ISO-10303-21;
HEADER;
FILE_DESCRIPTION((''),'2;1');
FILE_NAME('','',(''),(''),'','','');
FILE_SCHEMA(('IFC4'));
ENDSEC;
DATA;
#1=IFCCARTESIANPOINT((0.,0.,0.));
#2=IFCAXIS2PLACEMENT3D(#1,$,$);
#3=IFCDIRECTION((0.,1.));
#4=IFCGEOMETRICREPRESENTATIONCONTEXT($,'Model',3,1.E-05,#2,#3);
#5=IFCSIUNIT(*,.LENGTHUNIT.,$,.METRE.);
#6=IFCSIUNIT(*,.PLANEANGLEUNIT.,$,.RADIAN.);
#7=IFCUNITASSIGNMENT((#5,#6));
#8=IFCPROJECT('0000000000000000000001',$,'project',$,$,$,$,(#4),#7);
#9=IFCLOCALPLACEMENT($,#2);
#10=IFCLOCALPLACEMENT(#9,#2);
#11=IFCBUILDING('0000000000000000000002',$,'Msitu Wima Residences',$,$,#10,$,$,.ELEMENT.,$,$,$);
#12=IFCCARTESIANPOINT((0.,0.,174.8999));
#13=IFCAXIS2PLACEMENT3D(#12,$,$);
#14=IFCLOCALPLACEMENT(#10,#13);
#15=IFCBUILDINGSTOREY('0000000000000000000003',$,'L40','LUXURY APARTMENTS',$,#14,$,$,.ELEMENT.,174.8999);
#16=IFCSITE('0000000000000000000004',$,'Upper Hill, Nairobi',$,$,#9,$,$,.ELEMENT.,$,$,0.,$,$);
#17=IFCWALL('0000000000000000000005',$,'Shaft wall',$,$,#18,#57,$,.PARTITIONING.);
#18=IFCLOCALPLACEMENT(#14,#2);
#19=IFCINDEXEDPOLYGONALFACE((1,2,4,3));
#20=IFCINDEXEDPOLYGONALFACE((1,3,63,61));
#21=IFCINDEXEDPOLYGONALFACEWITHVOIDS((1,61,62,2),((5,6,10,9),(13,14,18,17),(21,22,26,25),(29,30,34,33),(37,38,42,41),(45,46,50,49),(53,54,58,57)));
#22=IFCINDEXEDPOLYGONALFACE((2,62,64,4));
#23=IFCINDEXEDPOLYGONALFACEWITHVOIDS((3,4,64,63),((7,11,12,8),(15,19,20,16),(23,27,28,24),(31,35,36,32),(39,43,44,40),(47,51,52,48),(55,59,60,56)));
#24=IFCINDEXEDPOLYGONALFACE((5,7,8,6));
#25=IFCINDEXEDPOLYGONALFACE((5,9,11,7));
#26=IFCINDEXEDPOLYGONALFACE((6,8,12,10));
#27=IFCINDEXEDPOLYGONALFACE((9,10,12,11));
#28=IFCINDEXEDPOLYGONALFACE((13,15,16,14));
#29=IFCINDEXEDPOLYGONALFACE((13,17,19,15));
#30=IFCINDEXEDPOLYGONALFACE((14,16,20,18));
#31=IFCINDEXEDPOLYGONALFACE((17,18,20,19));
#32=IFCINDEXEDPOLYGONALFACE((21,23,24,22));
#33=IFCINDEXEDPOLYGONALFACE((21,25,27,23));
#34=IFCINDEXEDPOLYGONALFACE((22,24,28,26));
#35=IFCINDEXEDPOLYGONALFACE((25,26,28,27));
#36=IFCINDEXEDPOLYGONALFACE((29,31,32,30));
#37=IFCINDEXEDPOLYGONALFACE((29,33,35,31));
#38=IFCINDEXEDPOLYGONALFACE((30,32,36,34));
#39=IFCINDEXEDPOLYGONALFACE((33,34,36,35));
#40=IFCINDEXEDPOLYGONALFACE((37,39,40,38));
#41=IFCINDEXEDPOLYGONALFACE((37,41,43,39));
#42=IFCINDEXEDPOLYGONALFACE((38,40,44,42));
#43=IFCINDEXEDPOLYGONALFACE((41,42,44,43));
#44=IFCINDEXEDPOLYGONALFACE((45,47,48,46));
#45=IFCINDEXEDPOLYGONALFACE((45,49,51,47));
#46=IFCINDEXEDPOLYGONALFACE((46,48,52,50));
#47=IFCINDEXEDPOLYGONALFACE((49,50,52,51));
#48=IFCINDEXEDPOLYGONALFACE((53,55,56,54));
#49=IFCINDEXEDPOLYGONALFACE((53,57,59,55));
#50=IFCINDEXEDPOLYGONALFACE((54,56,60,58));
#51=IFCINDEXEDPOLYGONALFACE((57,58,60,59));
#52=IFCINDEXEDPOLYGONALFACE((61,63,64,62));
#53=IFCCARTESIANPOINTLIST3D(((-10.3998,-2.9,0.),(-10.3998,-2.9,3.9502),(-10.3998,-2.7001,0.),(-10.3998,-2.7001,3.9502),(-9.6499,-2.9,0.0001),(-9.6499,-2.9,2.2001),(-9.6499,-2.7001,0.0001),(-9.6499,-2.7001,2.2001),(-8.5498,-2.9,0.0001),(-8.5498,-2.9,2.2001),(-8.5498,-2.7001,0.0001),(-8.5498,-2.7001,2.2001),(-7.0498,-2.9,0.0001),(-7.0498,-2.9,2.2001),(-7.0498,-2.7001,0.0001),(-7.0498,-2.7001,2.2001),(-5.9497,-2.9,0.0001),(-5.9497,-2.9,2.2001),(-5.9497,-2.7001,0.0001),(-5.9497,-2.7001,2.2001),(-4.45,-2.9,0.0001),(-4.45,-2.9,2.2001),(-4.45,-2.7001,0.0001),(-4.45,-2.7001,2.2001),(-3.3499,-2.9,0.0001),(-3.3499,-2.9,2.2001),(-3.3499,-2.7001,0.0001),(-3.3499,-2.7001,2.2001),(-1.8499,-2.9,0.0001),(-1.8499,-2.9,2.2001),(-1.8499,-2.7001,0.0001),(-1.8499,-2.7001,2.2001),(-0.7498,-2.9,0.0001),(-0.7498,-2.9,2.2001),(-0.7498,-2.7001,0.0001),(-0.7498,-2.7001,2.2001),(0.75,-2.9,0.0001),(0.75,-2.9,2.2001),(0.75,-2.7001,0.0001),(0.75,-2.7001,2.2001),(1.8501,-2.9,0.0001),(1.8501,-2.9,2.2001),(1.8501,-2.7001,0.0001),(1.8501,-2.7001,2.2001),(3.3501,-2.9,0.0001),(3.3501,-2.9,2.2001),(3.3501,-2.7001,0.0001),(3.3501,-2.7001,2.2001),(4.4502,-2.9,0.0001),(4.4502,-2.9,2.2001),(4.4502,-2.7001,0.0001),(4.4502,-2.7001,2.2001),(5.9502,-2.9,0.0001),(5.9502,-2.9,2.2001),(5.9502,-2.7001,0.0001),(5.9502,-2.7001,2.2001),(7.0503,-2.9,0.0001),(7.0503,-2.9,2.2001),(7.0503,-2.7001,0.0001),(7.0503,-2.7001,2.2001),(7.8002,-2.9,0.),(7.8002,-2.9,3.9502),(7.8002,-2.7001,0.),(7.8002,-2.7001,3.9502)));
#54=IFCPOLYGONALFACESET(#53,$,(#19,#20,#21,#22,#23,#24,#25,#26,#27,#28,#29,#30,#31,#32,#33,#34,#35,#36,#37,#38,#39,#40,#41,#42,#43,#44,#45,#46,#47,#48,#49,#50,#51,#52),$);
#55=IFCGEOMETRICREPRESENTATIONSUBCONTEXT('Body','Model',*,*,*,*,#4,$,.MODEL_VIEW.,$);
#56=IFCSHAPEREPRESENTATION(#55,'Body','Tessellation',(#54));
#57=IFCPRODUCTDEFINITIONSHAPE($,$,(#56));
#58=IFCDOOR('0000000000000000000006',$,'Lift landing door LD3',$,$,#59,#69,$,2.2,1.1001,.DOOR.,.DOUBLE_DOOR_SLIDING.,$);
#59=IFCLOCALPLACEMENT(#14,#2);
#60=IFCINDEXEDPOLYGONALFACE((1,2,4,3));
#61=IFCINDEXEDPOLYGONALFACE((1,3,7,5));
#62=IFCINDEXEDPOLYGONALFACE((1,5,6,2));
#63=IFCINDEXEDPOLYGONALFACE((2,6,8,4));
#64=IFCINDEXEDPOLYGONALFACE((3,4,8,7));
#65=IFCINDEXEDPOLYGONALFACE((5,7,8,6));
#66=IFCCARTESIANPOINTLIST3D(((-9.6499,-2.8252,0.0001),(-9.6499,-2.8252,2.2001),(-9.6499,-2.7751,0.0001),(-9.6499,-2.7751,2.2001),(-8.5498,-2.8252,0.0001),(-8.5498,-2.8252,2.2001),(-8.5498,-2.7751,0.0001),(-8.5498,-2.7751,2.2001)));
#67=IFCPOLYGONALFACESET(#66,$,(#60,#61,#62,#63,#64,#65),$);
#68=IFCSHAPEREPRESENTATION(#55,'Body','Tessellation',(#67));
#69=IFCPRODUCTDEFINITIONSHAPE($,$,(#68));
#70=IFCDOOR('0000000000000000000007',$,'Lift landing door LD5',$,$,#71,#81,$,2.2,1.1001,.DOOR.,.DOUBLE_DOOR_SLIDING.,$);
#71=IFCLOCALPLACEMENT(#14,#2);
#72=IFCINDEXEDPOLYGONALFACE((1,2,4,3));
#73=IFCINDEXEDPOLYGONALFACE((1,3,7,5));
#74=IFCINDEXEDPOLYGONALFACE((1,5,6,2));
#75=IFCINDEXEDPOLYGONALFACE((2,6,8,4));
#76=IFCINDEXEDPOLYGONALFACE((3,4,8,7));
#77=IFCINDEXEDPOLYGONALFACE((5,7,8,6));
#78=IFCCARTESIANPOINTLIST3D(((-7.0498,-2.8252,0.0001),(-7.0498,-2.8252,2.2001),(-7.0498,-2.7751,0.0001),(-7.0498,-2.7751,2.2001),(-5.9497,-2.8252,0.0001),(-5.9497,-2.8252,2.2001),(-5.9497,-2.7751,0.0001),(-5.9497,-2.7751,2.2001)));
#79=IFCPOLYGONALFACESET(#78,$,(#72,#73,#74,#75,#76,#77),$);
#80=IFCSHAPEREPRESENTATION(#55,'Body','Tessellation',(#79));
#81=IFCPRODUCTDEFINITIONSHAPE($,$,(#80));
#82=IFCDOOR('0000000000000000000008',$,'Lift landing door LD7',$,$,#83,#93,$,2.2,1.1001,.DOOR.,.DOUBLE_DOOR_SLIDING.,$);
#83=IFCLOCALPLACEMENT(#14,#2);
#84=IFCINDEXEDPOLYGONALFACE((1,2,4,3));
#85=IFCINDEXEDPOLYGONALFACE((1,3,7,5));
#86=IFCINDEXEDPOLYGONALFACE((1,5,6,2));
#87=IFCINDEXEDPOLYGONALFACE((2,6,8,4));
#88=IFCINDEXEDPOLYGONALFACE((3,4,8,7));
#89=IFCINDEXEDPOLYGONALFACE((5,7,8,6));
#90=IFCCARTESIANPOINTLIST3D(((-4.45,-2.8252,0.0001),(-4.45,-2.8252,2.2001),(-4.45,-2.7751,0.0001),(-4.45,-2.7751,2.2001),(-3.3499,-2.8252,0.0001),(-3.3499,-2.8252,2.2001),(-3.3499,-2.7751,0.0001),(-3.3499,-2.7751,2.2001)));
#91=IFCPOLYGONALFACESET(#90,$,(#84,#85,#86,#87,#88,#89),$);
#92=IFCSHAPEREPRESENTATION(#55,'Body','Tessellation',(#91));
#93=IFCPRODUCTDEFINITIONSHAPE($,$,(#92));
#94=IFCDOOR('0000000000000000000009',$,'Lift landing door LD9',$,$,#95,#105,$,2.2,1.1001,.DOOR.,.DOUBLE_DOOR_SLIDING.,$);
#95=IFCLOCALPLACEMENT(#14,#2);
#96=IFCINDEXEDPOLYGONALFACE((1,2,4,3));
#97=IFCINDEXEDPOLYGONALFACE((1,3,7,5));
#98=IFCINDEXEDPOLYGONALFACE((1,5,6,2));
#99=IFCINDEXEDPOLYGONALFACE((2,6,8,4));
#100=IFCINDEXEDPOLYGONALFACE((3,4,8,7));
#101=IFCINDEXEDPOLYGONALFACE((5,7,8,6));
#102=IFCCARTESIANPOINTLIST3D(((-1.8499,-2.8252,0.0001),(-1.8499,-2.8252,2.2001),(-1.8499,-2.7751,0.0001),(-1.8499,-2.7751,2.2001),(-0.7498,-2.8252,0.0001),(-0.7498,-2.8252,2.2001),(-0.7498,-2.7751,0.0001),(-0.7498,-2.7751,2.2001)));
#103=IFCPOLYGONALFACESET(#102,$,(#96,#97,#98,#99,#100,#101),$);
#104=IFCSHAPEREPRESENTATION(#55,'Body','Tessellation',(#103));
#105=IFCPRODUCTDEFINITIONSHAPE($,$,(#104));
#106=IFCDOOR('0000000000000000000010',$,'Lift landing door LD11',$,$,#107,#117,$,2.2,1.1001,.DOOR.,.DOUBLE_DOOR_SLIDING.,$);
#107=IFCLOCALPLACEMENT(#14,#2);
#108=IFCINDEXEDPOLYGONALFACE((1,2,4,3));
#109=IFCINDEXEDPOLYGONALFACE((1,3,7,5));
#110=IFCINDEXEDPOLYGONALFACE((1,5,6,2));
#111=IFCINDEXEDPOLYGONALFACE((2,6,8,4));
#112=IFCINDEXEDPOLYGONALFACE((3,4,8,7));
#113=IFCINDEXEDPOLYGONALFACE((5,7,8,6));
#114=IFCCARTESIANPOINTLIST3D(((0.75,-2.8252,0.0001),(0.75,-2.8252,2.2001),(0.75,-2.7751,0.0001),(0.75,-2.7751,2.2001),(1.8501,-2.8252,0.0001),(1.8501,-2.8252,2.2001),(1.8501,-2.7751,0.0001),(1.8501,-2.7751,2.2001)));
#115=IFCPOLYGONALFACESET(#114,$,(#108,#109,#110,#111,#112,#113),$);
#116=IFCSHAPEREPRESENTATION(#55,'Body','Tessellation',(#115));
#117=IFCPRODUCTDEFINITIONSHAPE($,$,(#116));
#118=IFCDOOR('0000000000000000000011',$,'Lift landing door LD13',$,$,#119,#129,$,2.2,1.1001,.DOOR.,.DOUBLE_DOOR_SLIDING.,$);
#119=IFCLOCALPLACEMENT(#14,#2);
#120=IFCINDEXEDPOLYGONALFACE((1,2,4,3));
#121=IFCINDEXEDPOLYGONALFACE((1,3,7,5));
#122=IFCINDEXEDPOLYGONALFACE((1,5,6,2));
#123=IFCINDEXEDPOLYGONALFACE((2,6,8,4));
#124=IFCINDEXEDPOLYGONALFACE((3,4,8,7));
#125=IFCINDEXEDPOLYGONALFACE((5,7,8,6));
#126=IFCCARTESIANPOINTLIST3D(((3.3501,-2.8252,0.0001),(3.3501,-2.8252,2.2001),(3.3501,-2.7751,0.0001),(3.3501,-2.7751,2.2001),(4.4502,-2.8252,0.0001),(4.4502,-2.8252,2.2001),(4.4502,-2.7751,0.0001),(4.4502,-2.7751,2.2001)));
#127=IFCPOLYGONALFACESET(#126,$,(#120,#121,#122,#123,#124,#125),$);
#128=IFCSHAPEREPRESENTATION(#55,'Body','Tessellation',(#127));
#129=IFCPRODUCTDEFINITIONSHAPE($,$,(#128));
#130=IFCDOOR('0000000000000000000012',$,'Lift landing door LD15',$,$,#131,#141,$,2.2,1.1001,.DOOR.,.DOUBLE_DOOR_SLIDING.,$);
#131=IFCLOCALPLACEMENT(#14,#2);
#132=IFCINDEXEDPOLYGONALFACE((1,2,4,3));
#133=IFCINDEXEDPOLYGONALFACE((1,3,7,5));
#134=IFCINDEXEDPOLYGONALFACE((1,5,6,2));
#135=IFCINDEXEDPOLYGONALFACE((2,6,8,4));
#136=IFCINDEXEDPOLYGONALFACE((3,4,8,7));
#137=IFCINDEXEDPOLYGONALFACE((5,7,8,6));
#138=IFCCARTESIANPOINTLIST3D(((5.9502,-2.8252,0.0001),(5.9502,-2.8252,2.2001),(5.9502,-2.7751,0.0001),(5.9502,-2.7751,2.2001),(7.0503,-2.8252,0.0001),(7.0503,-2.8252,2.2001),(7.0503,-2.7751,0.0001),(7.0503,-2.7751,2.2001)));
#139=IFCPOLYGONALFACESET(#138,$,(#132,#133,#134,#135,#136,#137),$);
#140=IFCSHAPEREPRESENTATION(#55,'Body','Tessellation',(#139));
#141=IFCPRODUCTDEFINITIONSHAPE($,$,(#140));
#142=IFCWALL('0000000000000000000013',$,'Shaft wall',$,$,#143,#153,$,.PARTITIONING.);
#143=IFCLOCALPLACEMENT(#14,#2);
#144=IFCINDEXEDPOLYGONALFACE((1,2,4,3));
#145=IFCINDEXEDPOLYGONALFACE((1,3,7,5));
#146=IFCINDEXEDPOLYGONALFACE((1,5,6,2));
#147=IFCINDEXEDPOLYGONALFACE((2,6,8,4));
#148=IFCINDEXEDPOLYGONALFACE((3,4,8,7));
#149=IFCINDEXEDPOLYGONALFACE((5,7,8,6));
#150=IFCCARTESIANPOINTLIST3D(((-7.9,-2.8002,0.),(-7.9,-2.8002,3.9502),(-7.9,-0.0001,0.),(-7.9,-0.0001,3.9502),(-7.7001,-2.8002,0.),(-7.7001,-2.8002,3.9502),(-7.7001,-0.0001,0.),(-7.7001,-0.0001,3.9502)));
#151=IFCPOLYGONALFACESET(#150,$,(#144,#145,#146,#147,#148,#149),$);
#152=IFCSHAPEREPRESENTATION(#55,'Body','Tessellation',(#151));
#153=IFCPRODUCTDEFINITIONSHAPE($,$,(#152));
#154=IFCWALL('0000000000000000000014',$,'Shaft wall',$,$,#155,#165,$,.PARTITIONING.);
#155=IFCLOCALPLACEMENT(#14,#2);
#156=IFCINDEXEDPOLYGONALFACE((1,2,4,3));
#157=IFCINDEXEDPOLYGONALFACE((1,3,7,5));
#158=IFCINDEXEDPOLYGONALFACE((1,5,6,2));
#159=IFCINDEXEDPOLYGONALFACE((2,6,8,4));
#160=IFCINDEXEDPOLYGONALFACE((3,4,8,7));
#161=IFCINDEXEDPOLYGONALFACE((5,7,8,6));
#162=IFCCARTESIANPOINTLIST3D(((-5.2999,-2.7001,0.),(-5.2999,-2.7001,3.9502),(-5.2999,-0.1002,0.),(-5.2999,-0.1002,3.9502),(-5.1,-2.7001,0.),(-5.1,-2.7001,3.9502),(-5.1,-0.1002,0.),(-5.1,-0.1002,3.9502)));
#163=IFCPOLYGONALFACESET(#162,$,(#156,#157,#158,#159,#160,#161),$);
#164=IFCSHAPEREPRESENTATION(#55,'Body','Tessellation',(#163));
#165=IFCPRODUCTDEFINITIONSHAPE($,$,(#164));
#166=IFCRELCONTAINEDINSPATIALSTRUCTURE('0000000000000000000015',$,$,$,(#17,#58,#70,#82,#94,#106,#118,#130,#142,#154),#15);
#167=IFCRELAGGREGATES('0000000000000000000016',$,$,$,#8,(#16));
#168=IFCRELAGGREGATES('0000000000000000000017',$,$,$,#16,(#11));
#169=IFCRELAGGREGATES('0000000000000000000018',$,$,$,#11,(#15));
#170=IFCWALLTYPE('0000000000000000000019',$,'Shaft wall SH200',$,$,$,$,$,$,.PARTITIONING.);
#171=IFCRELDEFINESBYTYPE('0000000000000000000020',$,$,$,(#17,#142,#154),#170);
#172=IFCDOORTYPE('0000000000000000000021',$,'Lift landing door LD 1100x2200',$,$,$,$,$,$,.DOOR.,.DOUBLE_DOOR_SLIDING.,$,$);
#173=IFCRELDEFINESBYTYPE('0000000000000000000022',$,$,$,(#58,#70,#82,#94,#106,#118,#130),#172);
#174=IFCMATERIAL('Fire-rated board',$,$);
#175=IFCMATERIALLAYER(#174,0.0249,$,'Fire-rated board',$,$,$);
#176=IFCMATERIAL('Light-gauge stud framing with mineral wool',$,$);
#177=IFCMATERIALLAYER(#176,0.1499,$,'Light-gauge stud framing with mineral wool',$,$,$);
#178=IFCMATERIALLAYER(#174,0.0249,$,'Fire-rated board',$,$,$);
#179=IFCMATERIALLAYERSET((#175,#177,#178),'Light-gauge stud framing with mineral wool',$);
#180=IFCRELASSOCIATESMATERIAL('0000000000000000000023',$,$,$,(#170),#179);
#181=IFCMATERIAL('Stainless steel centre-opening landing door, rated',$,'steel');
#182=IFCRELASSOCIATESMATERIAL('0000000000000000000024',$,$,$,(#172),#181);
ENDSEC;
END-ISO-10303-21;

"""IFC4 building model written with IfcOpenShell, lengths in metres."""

from ifc_helpers import new_model, si_unit, direction, frame, frame_2d, origin, place, context, subcontext, project, spatial, rectangle, extrude, material, layer, layer_set, type_object, element, fill, save


model = new_model("IFC4")

# Units and contexts
model_context = context("Model", 3, precision=1e-05, world=origin(), true_north=direction((0.0, 1.0)))
body_context = subcontext(model_context, "Body", "Model", "MODEL_VIEW")
ifc_project = project(units=[si_unit("LENGTHUNIT", "METRE"), si_unit("PLANEANGLEUNIT", "RADIAN")], contexts=[model_context])

# Site, building, storey
site_placement = place(None, origin())
site = spatial("IfcSite", under=ifc_project, at=site_placement, Name="Upper Hill, Nairobi", CompositionType="ELEMENT", RefElevation=0.0)
building_placement = place(site_placement, origin())
building = spatial("IfcBuilding", under=site, at=building_placement, Name="Msitu Wima Residences", CompositionType="ELEMENT")
storey_placement = place(building_placement, frame((0.0, 0.0, 174.8999)))
storey = spatial("IfcBuildingStorey", under=building, at=storey_placement, Name="L40", Description="LUXURY APARTMENTS", CompositionType="ELEMENT", Elevation=174.8999)

# Shared definitions
ifc_material_1 = material(Name="Fire-rated board")
ifc_layer_1 = layer(ifc_material_1, 0.0249, Name="Fire-rated board")
ifc_material_2 = material(Name="Light-gauge stud framing with mineral wool")
ifc_layer_2 = layer(ifc_material_2, 0.1499, Name="Light-gauge stud framing with mineral wool")
ifc_layer_3 = layer(ifc_material_1, 0.0249, Name="Fire-rated board")
ifc_layer_set_1 = layer_set([ifc_layer_1, ifc_layer_2, ifc_layer_3], Name="Light-gauge stud framing with mineral wool")
wall_type_1 = type_object("IfcWallType", Name="Shaft wall SH200", PredefinedType="PARTITIONING", material=ifc_layer_set_1)

# Wall, openings, doors
wall_1_placement = place(storey_placement, frame((-10.3999, -2.8, 0.0), z_axis=(0.0, 0.0, 1.0), x_axis=(1.0, 0.0, 0.0)))
wall_1 = element("IfcWall", 1, at=wall_1_placement, inside=storey, type_object=wall_type_1, Name="Shaft wall", PredefinedType="PARTITIONING", context=body_context, shape_type="SweptSolid", body=[
    extrude(rectangle(XDim=18.2, YDim=0.2, at=frame_2d((9.1001, 0.0))), origin(), (0.0, 0.0, 1.0), 3.9502),
])
opening_1_placement = place(wall_1_placement, frame((0.75, 0.0, 0.0)))
opening_1 = element("IfcOpeningElement", 2, at=opening_1_placement, cuts=wall_1, PredefinedType="OPENING", context=body_context, shape_type="SweptSolid", body=[
    extrude(rectangle(XDim=1.1001, YDim=2.2, at=frame_2d((0.55, 1.1001))), frame((0.0, 0.1099, 0.0), z_axis=(0.0, -1.0, 0.0), x_axis=(1.0, 0.0, 0.0)), (0.0, 0.0, 1.0), 0.22),
])
opening_2_placement = place(wall_1_placement, frame((3.3501, 0.0, 0.0)))
opening_2 = element("IfcOpeningElement", 3, at=opening_2_placement, cuts=wall_1, PredefinedType="OPENING", context=body_context, shape_type="SweptSolid", body=[
    extrude(rectangle(XDim=1.1001, YDim=2.2, at=frame_2d((0.55, 1.1001))), frame((0.0, 0.1099, 0.0), z_axis=(0.0, -1.0, 0.0), x_axis=(1.0, 0.0, 0.0)), (0.0, 0.0, 1.0), 0.22),
])
opening_3_placement = place(wall_1_placement, frame((5.95, 0.0, 0.0)))
opening_3 = element("IfcOpeningElement", 4, at=opening_3_placement, cuts=wall_1, PredefinedType="OPENING", context=body_context, shape_type="SweptSolid", body=[
    extrude(rectangle(XDim=1.1001, YDim=2.2, at=frame_2d((0.55, 1.1001))), frame((0.0, 0.1099, 0.0), z_axis=(0.0, -1.0, 0.0), x_axis=(1.0, 0.0, 0.0)), (0.0, 0.0, 1.0), 0.22),
])
opening_4_placement = place(wall_1_placement, frame((8.55, 0.0, 0.0)))
opening_4 = element("IfcOpeningElement", 5, at=opening_4_placement, cuts=wall_1, PredefinedType="OPENING", context=body_context, shape_type="SweptSolid", body=[
    extrude(rectangle(XDim=1.1001, YDim=2.2, at=frame_2d((0.55, 1.1001))), frame((0.0, 0.1099, 0.0), z_axis=(0.0, -1.0, 0.0), x_axis=(1.0, 0.0, 0.0)), (0.0, 0.0, 1.0), 0.22),
])
opening_5_placement = place(wall_1_placement, frame((11.1499, 0.0, 0.0)))
opening_5 = element("IfcOpeningElement", 6, at=opening_5_placement, cuts=wall_1, PredefinedType="OPENING", context=body_context, shape_type="SweptSolid", body=[
    extrude(rectangle(XDim=1.1001, YDim=2.2, at=frame_2d((0.55, 1.1001))), frame((0.0, 0.1099, 0.0), z_axis=(0.0, -1.0, 0.0), x_axis=(1.0, 0.0, 0.0)), (0.0, 0.0, 1.0), 0.22),
])
opening_6_placement = place(wall_1_placement, frame((13.75, 0.0, 0.0)))
opening_6 = element("IfcOpeningElement", 7, at=opening_6_placement, cuts=wall_1, PredefinedType="OPENING", context=body_context, shape_type="SweptSolid", body=[
    extrude(rectangle(XDim=1.1001, YDim=2.2, at=frame_2d((0.55, 1.1001))), frame((0.0, 0.1099, 0.0), z_axis=(0.0, -1.0, 0.0), x_axis=(1.0, 0.0, 0.0)), (0.0, 0.0, 1.0), 0.22),
])
opening_7_placement = place(wall_1_placement, frame((16.3501, 0.0, 0.0)))
opening_7 = element("IfcOpeningElement", 8, at=opening_7_placement, cuts=wall_1, PredefinedType="OPENING", context=body_context, shape_type="SweptSolid", body=[
    extrude(rectangle(XDim=1.1001, YDim=2.2, at=frame_2d((0.55, 1.1001))), frame((0.0, 0.1099, 0.0), z_axis=(0.0, -1.0, 0.0), x_axis=(1.0, 0.0, 0.0)), (0.0, 0.0, 1.0), 0.22),
])
ifc_material_3 = material(Name="Stainless steel centre-opening landing door, rated", Category="steel")
door_type_1 = type_object("IfcDoorType", Name="Lift landing door LD 1100x2200", OperationType="DOUBLE_DOOR_SLIDING", PredefinedType="DOOR", material=ifc_material_3)
door_1_placement = place(opening_1_placement, origin())
door_1 = element("IfcDoor", 9, at=door_1_placement, inside=storey, type_object=door_type_1, Name="Lift landing door LD3", OperationType="DOUBLE_DOOR_SLIDING", OverallHeight=2.2, OverallWidth=1.1001, PredefinedType="DOOR", context=body_context, shape_type="SweptSolid", body=[
    extrude(rectangle(XDim=1.1001, YDim=2.2, at=frame_2d((0.55, 1.1001))), frame((0.0, 0.0249, 0.0), z_axis=(0.0, -1.0, 0.0), x_axis=(1.0, 0.0, 0.0)), (0.0, 0.0, 1.0), 0.05),
])
fill(opening_1, door_1)
door_2_placement = place(opening_2_placement, origin())
door_2 = element("IfcDoor", 10, at=door_2_placement, inside=storey, type_object=door_type_1, Name="Lift landing door LD5", OperationType="DOUBLE_DOOR_SLIDING", OverallHeight=2.2, OverallWidth=1.1001, PredefinedType="DOOR", context=body_context, shape_type="SweptSolid", body=[
    extrude(rectangle(XDim=1.1001, YDim=2.2, at=frame_2d((0.55, 1.1001))), frame((0.0, 0.0249, 0.0), z_axis=(0.0, -1.0, 0.0), x_axis=(1.0, 0.0, 0.0)), (0.0, 0.0, 1.0), 0.05),
])
fill(opening_2, door_2)
door_3_placement = place(opening_3_placement, origin())
door_3 = element("IfcDoor", 11, at=door_3_placement, inside=storey, type_object=door_type_1, Name="Lift landing door LD7", OperationType="DOUBLE_DOOR_SLIDING", OverallHeight=2.2, OverallWidth=1.1001, PredefinedType="DOOR", context=body_context, shape_type="SweptSolid", body=[
    extrude(rectangle(XDim=1.1001, YDim=2.2, at=frame_2d((0.55, 1.1001))), frame((0.0, 0.0249, 0.0), z_axis=(0.0, -1.0, 0.0), x_axis=(1.0, 0.0, 0.0)), (0.0, 0.0, 1.0), 0.05),
])
fill(opening_3, door_3)
door_4_placement = place(opening_4_placement, origin())
door_4 = element("IfcDoor", 12, at=door_4_placement, inside=storey, type_object=door_type_1, Name="Lift landing door LD9", OperationType="DOUBLE_DOOR_SLIDING", OverallHeight=2.2, OverallWidth=1.1001, PredefinedType="DOOR", context=body_context, shape_type="SweptSolid", body=[
    extrude(rectangle(XDim=1.1001, YDim=2.2, at=frame_2d((0.55, 1.1001))), frame((0.0, 0.0249, 0.0), z_axis=(0.0, -1.0, 0.0), x_axis=(1.0, 0.0, 0.0)), (0.0, 0.0, 1.0), 0.05),
])
fill(opening_4, door_4)
door_5_placement = place(opening_5_placement, origin())
door_5 = element("IfcDoor", 13, at=door_5_placement, inside=storey, type_object=door_type_1, Name="Lift landing door LD11", OperationType="DOUBLE_DOOR_SLIDING", OverallHeight=2.2, OverallWidth=1.1001, PredefinedType="DOOR", context=body_context, shape_type="SweptSolid", body=[
    extrude(rectangle(XDim=1.1001, YDim=2.2, at=frame_2d((0.55, 1.1001))), frame((0.0, 0.0249, 0.0), z_axis=(0.0, -1.0, 0.0), x_axis=(1.0, 0.0, 0.0)), (0.0, 0.0, 1.0), 0.05),
])
fill(opening_5, door_5)
door_6_placement = place(opening_6_placement, origin())
door_6 = element("IfcDoor", 14, at=door_6_placement, inside=storey, type_object=door_type_1, Name="Lift landing door LD13", OperationType="DOUBLE_DOOR_SLIDING", OverallHeight=2.2, OverallWidth=1.1001, PredefinedType="DOOR", context=body_context, shape_type="SweptSolid", body=[
    extrude(rectangle(XDim=1.1001, YDim=2.2, at=frame_2d((0.55, 1.1001))), frame((0.0, 0.0249, 0.0), z_axis=(0.0, -1.0, 0.0), x_axis=(1.0, 0.0, 0.0)), (0.0, 0.0, 1.0), 0.05),
])
fill(opening_6, door_6)
door_7_placement = place(opening_7_placement, origin())
door_7 = element("IfcDoor", 15, at=door_7_placement, inside=storey, type_object=door_type_1, Name="Lift landing door LD15", OperationType="DOUBLE_DOOR_SLIDING", OverallHeight=2.2, OverallWidth=1.1001, PredefinedType="DOOR", context=body_context, shape_type="SweptSolid", body=[
    extrude(rectangle(XDim=1.1001, YDim=2.2, at=frame_2d((0.55, 1.1001))), frame((0.0, 0.0249, 0.0), z_axis=(0.0, -1.0, 0.0), x_axis=(1.0, 0.0, 0.0)), (0.0, 0.0, 1.0), 0.05),
])
fill(opening_7, door_7)

# Walls
wall_2_placement = place(storey_placement, frame((-7.8, -2.8, 0.0), z_axis=(0.0, 0.0, 1.0), x_axis=(0.0, 1.0, 0.0)))
element("IfcWall", 16, at=wall_2_placement, inside=storey, type_object=wall_type_1, Name="Shaft wall", PredefinedType="PARTITIONING", context=body_context, shape_type="SweptSolid", body=[
    extrude(rectangle(XDim=2.8, YDim=0.2, at=frame_2d((1.3999, 0.0))), origin(), (0.0, 0.0, 1.0), 3.9502),
])
for number, where, z_axis, x_axis, name in (
    (17, (-5.2, -2.7, 0.0), (0.0, 0.0, 1.0), (0.0, 1.0, 0.0), "Shaft wall"),
):
    element("IfcWall", number, at=place(storey_placement, frame(where, z_axis=z_axis, x_axis=x_axis)), inside=storey, type_object=wall_type_1, Name=name, PredefinedType="PARTITIONING", context=body_context, shape_type="SweptSolid", body=[
        extrude(rectangle(XDim=2.5999, YDim=0.2, at=frame_2d((1.2998, 0.0))), origin(), (0.0, 0.0, 1.0), 3.9502),
    ])

save(model, "model.ifc")
